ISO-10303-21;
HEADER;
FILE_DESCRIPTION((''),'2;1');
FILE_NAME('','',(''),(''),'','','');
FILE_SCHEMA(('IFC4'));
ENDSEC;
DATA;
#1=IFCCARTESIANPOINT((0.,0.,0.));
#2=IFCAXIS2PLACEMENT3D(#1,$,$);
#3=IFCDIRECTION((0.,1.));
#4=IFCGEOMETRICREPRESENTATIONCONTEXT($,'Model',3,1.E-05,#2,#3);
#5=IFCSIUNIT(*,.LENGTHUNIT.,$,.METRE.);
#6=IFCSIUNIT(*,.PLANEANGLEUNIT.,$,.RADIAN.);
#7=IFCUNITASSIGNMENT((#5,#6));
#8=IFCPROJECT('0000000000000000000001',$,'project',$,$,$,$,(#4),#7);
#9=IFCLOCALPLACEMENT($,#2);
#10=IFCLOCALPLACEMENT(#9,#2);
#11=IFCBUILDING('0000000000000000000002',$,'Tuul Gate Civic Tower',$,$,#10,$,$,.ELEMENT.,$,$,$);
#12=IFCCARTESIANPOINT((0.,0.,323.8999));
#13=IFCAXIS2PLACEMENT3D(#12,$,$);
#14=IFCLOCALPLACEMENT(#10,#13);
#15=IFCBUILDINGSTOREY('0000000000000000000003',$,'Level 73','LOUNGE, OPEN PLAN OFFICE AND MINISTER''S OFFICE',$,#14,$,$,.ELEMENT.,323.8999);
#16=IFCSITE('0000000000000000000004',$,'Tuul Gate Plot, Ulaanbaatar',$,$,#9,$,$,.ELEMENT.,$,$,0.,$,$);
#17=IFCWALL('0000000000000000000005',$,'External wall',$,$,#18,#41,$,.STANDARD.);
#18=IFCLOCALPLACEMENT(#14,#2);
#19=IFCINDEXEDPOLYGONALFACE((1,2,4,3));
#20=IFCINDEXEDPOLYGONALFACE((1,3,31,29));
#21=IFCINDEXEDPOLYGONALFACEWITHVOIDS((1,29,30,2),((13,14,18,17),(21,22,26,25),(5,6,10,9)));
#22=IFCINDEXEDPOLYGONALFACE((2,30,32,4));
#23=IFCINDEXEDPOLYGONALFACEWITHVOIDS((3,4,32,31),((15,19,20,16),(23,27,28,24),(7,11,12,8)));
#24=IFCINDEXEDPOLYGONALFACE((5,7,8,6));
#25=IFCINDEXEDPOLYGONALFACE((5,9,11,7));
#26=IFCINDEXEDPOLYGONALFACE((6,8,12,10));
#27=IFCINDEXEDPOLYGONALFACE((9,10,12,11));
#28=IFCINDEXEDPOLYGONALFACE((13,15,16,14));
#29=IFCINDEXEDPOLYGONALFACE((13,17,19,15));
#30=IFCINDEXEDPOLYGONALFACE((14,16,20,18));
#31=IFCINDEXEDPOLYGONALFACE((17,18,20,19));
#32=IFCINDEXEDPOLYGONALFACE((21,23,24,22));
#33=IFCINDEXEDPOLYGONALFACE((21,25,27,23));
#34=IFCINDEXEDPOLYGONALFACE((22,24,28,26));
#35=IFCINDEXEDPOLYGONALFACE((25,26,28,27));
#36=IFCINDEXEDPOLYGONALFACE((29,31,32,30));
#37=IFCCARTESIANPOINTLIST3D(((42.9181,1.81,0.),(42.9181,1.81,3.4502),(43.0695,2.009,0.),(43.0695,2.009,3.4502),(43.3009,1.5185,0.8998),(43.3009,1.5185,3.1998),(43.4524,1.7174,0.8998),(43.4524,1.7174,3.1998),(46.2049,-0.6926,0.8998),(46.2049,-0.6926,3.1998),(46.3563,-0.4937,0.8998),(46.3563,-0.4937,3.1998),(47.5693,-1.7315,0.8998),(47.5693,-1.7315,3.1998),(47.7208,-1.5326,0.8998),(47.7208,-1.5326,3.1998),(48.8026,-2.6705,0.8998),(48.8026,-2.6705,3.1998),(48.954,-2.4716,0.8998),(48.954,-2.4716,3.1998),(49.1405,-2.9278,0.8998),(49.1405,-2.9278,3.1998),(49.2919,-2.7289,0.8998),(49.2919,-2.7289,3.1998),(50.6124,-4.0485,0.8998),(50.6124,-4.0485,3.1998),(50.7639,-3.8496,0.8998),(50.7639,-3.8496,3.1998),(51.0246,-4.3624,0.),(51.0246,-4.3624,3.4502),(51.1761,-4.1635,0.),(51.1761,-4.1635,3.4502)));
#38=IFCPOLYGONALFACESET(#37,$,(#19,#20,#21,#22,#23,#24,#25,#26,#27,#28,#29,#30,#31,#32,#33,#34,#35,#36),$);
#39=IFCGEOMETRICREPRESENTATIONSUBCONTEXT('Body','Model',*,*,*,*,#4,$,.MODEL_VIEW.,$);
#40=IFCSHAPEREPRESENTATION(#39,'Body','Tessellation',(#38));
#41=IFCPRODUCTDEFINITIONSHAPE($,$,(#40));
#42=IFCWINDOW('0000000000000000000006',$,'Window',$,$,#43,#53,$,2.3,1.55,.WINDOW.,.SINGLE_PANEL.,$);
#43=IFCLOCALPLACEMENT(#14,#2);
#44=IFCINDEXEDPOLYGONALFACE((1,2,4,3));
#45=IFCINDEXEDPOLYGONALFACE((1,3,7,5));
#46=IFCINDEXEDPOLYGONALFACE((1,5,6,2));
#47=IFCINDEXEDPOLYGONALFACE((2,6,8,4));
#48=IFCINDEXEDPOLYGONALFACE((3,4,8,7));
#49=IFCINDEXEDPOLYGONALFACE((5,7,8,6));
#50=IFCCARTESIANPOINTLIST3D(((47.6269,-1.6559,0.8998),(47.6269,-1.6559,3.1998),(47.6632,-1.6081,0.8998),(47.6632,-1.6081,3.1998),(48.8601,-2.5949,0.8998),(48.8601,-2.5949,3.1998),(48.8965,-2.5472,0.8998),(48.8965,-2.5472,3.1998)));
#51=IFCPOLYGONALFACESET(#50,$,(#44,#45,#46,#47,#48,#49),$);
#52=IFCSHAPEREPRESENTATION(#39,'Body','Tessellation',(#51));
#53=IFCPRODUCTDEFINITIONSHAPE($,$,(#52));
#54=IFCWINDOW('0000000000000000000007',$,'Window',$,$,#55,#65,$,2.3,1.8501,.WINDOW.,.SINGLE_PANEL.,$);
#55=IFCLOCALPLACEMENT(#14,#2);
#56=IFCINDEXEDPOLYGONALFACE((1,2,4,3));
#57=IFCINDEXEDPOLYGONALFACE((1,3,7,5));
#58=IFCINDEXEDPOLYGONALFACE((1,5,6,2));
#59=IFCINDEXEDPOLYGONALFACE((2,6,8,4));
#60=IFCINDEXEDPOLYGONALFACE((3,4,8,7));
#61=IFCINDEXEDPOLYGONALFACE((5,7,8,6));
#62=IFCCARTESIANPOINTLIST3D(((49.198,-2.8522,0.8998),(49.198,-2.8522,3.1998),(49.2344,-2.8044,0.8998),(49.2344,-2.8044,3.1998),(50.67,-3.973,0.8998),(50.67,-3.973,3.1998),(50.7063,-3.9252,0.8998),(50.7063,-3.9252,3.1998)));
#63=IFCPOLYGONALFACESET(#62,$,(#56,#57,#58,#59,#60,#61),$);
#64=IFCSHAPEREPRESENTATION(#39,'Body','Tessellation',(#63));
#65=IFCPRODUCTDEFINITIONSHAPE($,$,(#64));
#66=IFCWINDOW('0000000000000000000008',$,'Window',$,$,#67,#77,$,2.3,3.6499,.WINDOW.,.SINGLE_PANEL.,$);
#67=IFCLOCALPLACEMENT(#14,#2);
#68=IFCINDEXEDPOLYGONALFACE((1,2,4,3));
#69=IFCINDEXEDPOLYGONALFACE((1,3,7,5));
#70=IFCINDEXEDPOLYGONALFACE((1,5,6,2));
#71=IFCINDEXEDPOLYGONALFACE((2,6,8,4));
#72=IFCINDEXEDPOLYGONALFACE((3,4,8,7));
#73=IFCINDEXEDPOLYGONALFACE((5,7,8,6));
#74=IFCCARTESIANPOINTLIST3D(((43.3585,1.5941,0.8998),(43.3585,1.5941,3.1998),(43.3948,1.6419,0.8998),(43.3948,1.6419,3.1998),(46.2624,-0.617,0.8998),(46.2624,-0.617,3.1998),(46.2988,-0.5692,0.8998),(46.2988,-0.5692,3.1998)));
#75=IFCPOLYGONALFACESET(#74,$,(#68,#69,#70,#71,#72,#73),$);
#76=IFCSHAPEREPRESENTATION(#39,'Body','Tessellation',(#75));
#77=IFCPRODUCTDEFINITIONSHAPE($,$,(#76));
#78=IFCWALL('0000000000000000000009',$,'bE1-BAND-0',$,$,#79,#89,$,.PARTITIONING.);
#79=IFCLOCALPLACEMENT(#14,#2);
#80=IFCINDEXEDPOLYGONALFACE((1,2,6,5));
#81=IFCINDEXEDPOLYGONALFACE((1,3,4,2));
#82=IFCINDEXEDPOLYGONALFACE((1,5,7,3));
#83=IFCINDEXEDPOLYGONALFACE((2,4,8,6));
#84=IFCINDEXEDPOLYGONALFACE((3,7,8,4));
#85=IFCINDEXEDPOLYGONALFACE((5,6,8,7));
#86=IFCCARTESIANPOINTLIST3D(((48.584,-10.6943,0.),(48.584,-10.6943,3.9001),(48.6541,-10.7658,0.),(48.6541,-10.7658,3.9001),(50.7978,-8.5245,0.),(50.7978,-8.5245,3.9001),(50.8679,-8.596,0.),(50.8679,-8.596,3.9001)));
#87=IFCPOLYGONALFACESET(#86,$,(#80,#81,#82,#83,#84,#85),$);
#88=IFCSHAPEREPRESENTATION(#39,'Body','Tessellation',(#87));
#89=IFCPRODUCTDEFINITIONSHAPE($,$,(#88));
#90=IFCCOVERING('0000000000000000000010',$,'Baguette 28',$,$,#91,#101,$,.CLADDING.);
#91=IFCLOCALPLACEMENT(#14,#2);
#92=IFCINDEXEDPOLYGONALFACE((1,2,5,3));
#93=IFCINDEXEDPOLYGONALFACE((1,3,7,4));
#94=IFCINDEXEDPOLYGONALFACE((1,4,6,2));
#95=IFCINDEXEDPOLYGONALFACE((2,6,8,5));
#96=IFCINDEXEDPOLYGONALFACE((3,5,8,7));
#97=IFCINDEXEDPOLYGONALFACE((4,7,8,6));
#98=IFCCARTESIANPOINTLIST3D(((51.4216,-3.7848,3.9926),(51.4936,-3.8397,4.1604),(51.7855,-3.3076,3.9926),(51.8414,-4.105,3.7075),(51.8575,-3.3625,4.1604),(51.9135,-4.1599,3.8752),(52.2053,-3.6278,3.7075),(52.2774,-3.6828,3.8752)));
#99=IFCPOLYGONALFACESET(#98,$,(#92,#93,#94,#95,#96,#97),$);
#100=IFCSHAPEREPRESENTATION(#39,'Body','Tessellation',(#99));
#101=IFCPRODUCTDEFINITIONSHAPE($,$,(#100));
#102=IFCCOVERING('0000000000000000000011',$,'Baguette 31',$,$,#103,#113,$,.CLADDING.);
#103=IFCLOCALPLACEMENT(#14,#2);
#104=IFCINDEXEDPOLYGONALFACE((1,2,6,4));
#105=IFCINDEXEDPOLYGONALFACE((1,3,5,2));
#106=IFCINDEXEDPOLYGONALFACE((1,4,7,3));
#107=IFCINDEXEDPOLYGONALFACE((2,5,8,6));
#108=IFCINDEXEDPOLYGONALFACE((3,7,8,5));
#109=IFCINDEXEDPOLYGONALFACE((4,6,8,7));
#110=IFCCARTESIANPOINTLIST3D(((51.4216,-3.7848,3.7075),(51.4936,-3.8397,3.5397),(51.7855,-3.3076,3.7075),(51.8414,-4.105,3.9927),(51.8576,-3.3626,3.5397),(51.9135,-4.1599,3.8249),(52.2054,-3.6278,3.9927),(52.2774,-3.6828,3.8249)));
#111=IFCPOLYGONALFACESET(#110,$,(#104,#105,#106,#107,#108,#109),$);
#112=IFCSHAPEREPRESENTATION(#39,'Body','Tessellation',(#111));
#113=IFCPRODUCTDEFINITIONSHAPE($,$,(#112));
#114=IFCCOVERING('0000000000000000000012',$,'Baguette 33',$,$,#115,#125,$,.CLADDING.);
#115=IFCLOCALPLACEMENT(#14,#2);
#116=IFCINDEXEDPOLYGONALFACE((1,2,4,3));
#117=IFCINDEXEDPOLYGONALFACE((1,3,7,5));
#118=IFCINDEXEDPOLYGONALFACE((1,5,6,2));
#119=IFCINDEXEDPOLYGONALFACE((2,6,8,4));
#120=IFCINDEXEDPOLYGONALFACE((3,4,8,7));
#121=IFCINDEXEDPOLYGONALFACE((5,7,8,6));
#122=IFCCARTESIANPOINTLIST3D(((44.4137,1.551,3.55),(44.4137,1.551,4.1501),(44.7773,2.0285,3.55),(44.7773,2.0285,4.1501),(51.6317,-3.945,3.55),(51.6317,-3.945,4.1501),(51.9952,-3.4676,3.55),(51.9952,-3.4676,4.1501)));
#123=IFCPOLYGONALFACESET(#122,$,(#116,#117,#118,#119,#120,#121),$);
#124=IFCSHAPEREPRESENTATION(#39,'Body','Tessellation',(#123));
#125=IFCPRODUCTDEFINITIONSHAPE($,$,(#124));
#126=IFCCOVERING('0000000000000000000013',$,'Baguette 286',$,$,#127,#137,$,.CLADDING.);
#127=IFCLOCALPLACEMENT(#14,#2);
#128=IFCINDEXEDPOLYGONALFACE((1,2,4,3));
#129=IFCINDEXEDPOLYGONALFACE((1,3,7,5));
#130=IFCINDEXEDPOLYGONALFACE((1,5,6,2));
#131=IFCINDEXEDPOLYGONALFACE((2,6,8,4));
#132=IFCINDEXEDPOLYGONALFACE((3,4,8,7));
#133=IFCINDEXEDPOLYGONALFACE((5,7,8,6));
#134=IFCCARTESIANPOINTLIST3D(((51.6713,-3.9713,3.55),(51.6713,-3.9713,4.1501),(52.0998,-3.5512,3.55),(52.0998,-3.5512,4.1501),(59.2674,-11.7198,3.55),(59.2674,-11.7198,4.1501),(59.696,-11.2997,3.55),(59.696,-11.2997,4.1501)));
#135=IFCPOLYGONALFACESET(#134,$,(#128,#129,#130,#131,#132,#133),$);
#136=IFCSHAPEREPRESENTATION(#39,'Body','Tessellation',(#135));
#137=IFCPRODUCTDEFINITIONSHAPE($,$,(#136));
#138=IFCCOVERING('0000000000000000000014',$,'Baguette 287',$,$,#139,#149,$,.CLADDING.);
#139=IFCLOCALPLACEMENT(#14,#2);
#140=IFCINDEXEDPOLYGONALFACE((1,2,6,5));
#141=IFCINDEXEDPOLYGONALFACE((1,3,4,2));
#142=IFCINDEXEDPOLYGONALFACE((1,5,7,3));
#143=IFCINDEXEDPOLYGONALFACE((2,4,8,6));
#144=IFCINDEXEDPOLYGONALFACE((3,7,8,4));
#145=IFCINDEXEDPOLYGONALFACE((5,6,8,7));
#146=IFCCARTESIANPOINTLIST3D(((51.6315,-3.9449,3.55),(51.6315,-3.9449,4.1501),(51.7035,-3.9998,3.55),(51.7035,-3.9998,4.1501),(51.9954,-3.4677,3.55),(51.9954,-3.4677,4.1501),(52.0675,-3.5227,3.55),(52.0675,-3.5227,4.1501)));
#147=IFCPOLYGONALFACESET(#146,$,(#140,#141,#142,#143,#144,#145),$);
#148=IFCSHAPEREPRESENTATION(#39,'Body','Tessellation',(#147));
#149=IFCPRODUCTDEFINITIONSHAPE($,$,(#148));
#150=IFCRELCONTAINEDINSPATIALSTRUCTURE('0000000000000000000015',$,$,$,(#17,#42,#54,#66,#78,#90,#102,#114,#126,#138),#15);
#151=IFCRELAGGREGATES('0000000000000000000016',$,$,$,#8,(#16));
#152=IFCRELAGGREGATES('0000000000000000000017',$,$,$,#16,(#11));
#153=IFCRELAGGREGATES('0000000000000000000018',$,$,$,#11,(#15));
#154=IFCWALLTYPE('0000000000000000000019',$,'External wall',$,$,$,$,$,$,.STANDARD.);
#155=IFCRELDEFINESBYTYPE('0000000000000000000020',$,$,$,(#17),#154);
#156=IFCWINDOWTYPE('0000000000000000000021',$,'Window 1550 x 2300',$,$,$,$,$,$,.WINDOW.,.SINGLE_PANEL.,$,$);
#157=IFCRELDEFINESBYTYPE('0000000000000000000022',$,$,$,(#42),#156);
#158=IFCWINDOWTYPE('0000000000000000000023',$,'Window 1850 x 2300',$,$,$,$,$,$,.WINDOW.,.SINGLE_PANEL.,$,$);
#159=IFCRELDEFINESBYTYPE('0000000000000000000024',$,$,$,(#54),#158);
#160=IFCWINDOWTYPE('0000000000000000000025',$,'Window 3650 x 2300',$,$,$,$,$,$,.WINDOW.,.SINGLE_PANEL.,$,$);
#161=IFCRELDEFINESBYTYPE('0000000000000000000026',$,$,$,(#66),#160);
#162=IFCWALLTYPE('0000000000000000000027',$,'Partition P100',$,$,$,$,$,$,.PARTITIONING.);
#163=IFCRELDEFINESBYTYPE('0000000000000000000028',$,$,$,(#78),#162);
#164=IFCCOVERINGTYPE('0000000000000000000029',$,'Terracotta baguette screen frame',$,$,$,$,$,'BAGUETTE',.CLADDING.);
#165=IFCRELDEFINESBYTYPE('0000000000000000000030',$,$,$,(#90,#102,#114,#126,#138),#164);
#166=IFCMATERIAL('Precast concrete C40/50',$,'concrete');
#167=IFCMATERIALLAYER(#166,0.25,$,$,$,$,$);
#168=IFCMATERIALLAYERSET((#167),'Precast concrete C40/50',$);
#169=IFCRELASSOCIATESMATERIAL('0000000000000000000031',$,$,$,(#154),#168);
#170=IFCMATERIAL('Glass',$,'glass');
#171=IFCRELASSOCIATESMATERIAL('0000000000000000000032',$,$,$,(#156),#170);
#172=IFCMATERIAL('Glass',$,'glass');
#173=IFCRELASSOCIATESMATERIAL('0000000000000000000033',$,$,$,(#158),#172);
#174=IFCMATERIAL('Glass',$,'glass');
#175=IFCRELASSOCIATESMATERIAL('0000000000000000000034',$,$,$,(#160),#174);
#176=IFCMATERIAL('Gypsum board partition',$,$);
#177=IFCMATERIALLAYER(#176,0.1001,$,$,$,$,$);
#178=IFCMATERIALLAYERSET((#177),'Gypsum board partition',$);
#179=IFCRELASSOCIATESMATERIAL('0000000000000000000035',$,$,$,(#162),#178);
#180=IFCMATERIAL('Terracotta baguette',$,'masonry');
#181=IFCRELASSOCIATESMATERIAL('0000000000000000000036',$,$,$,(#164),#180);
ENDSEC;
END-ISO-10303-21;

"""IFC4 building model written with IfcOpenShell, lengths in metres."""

from ifc_helpers import new_model, si_unit, direction, frame, frame_2d, origin, origin_2d, place, context, subcontext, project, spatial, rectangle, extrude, material, layer, layer_set, material_profile, profile_set, type_object, element, fill, save


model = new_model("IFC4")

# Units and contexts
model_context = context("Model", 3, precision=1e-05, world=origin(), true_north=direction((0.0, 1.0)))
body_context = subcontext(model_context, "Body", "Model", "MODEL_VIEW")
ifc_project = project(units=[si_unit("LENGTHUNIT", "METRE"), si_unit("PLANEANGLEUNIT", "RADIAN")], contexts=[model_context])

# Site, building, storey
site_placement = place(None, origin())
site = spatial("IfcSite", under=ifc_project, at=site_placement, Name="Tuul Gate Plot, Ulaanbaatar", CompositionType="ELEMENT", RefElevation=0.0)
building_placement = place(site_placement, origin())
building = spatial("IfcBuilding", under=site, at=building_placement, Name="Tuul Gate Civic Tower", CompositionType="ELEMENT")
storey_placement = place(building_placement, frame((0.0, 0.0, 323.8999)))
storey = spatial("IfcBuildingStorey", under=building, at=storey_placement, Name="Level 73", Description="LOUNGE, OPEN PLAN OFFICE AND MINISTER'S OFFICE", CompositionType="ELEMENT", Elevation=323.8999)

# Wall, openings, windows
ifc_material_1 = material(Name="Precast concrete C40/50", Category="concrete")
ifc_layer_1 = layer(ifc_material_1, 0.25)
ifc_layer_set_1 = layer_set([ifc_layer_1], Name="Precast concrete C40/50")
wall_type_1 = type_object("IfcWallType", Name="External wall", PredefinedType="STANDARD", material=ifc_layer_set_1)
wall_1_placement = place(storey_placement, frame((51.1003, -4.2629, 0.0), z_axis=(0.0, 0.0, 1.0), x_axis=(-0.79562, 0.605796, 0.0)))
wall_1 = element("IfcWall", 1, at=wall_1_placement, inside=storey, type_object=wall_type_1, Name="External wall", PredefinedType="STANDARD", context=body_context, shape_type="SweptSolid", body=[
    extrude(rectangle(XDim=10.189, YDim=0.25, at=frame_2d((5.0945, 0.0))), origin(), (0.0, 0.0, 1.0), 3.4502),
])
opening_1_placement = place(wall_1_placement, frame((6.0579, 0.0, 0.8999)))
opening_1 = element("IfcOpeningElement", 2, at=opening_1_placement, cuts=wall_1, PredefinedType="OPENING", context=body_context, shape_type="SweptSolid", body=[
    extrude(rectangle(XDim=3.6499, YDim=2.3, at=frame_2d((1.825, 1.1499))), frame((0.0, 0.135, 0.0), z_axis=(0.0, -1.0, 0.0), x_axis=(1.0, 0.0, 0.0)), (0.0, 0.0, 1.0), 0.27),
])
opening_2_placement = place(wall_1_placement, frame((0.5181, 0.0, 0.8999)))
opening_2 = element("IfcOpeningElement", 3, at=opening_2_placement, cuts=wall_1, PredefinedType="OPENING", context=body_context, shape_type="SweptSolid", body=[
    extrude(rectangle(XDim=1.8501, YDim=2.3, at=frame_2d((0.925, 1.1499))), frame((0.0, 0.135, 0.0), z_axis=(0.0, -1.0, 0.0), x_axis=(1.0, 0.0, 0.0)), (0.0, 0.0, 1.0), 0.27),
])
opening_3_placement = place(wall_1_placement, frame((2.793, 0.0, 0.8999)))
opening_3 = element("IfcOpeningElement", 4, at=opening_3_placement, cuts=wall_1, PredefinedType="OPENING", context=body_context, shape_type="SweptSolid", body=[
    extrude(rectangle(XDim=1.55, YDim=2.3, at=frame_2d((0.7749, 1.1499))), frame((0.0, 0.135, 0.0), z_axis=(0.0, -1.0, 0.0), x_axis=(1.0, 0.0, 0.0)), (0.0, 0.0, 1.0), 0.27),
])
ifc_material_2 = material(Name="Glass", Category="glass")
window_type_1 = type_object("IfcWindowType", Name="Window 1550 x 2300", PartitioningType="SINGLE_PANEL", PredefinedType="WINDOW", material=ifc_material_2)
window_1_placement = place(opening_3_placement, origin())
window_1 = element("IfcWindow", 5, at=window_1_placement, inside=storey, type_object=window_type_1, Name="Window", OverallHeight=2.3, OverallWidth=1.55, PartitioningType="SINGLE_PANEL", PredefinedType="WINDOW", context=body_context, shape_type="SweptSolid", body=[
    extrude(rectangle(XDim=1.55, YDim=2.3, at=frame_2d((0.7749, 1.1499))), frame((0.0, 0.03, 0.0), z_axis=(0.0, -1.0, 0.0), x_axis=(1.0, 0.0, 0.0)), (0.0, 0.0, 1.0), 0.0601),
])
fill(opening_3, window_1)
ifc_material_3 = material(Name="Glass", Category="glass")
window_type_2 = type_object("IfcWindowType", Name="Window 1850 x 2300", PartitioningType="SINGLE_PANEL", PredefinedType="WINDOW", material=ifc_material_3)
window_2_placement = place(opening_2_placement, origin())
window_2 = element("IfcWindow", 6, at=window_2_placement, inside=storey, type_object=window_type_2, Name="Window", OverallHeight=2.3, OverallWidth=1.8501, PartitioningType="SINGLE_PANEL", PredefinedType="WINDOW", context=body_context, shape_type="SweptSolid", body=[
    extrude(rectangle(XDim=1.8501, YDim=2.3, at=frame_2d((0.925, 1.1499))), frame((0.0, 0.03, 0.0), z_axis=(0.0, -1.0, 0.0), x_axis=(1.0, 0.0, 0.0)), (0.0, 0.0, 1.0), 0.0601),
])
fill(opening_2, window_2)
ifc_material_4 = material(Name="Glass", Category="glass")
window_type_3 = type_object("IfcWindowType", Name="Window 3650 x 2300", PartitioningType="SINGLE_PANEL", PredefinedType="WINDOW", material=ifc_material_4)
window_3_placement = place(opening_1_placement, origin())
window_3 = element("IfcWindow", 7, at=window_3_placement, inside=storey, type_object=window_type_3, Name="Window", OverallHeight=2.3, OverallWidth=3.6499, PartitioningType="SINGLE_PANEL", PredefinedType="WINDOW", context=body_context, shape_type="SweptSolid", body=[
    extrude(rectangle(XDim=3.6499, YDim=2.3, at=frame_2d((1.825, 1.1499))), frame((0.0, 0.03, 0.0), z_axis=(0.0, -1.0, 0.0), x_axis=(1.0, 0.0, 0.0)), (0.0, 0.0, 1.0), 0.0601),
])
fill(opening_1, window_3)

# Wall
ifc_material_5 = material(Name="Gypsum board partition")
ifc_layer_2 = layer(ifc_material_5, 0.1001)
ifc_layer_set_2 = layer_set([ifc_layer_2], Name="Gypsum board partition")
wall_type_2 = type_object("IfcWallType", Name="Partition P100", PredefinedType="PARTITIONING", material=ifc_layer_set_2)
wall_2_placement = place(storey_placement, frame((48.6191, -10.73, 0.0), z_axis=(0.0, 0.0, 1.0), x_axis=(0.714159, 0.699983, 0.0)))
element("IfcWall", 8, at=wall_2_placement, inside=storey, type_object=wall_type_2, Name="bE1-BAND-0", PredefinedType="PARTITIONING", context=body_context, shape_type="SweptSolid", body=[
    extrude(rectangle(XDim=3.0999, YDim=0.1001, at=frame_2d((1.5498, 0.0))), origin(), (0.0, 0.0, 1.0), 3.9001),
])

# Coverings
ifc_material_6 = material(Name="Terracotta baguette", Category="masonry")
ifc_material_profile_1 = material_profile(ifc_material_6, rectangle(XDim=0.6001, YDim=0.6001, at=origin_2d()), Name="Terracotta baguette screen frame")
ifc_profile_set_1 = profile_set([ifc_material_profile_1], Name="Terracotta baguette")
covering_type = type_object("IfcCoveringType", Name="Terracotta baguette screen frame", ElementType="BAGUETTE", PredefinedType="CLADDING", material=ifc_profile_set_1)
for number, where, z_axis, x_axis, name in (
    (9, (51.8855, -3.7612, 4.0178), (-0.377827, 0.288173, -0.879888), (-0.606449, -0.795122, 0.0), "Baguette 28"),
    (10, (51.8135, -3.7063, 3.8501), (0.377827, -0.288173, -0.879888), (0.606449, 0.795122, 0.0), "Baguette 31"),
):
    element("IfcCovering", number, at=place(storey_placement, frame(where, z_axis=z_axis, x_axis=x_axis)), inside=storey, type_object=covering_type, Name=name, PredefinedType="CLADDING", context=body_context, shape_type="SweptSolid", body=[
        extrude(rectangle(XDim=0.6001, YDim=0.6001, at=origin_2d()), origin(), (0.0, 0.0, 1.0), 0.1907),
    ])
covering_1_placement = place(storey_placement, frame((51.8135, -3.7063, 3.8501), z_axis=(-0.79561, 0.60581, 0.0), x_axis=(-0.60581, -0.79561, 0.0)))
element("IfcCovering", 11, at=covering_1_placement, inside=storey, type_object=covering_type, Name="Baguette 33", PredefinedType="CLADDING", context=body_context, shape_type="SweptSolid", body=[
    extrude(rectangle(XDim=0.6001, YDim=0.6001, at=origin_2d()), origin(), (0.0, 0.0, 1.0), 9.0723),
])
covering_2_placement = place(storey_placement, frame((59.4817, -11.5098, 3.8501), z_axis=(-0.700052, 0.714092, 0.0), x_axis=(-0.714092, -0.700052, 0.0)))
element("IfcCovering", 12, at=covering_2_placement, inside=storey, type_object=covering_type, Name="Baguette 286", PredefinedType="CLADDING", context=body_context, shape_type="SweptSolid", body=[
    extrude(rectangle(XDim=0.6001, YDim=0.6001, at=origin_2d()), origin(), (0.0, 0.0, 1.0), 10.8508),
])
covering_3_placement = place(storey_placement, frame((51.8855, -3.7612, 3.8501), z_axis=(-0.795122, 0.606449, 0.0), x_axis=(-0.606449, -0.795122, 0.0)))
element("IfcCovering", 13, at=covering_3_placement, inside=storey, type_object=covering_type, Name="Baguette 287", PredefinedType="CLADDING", context=body_context, shape_type="SweptSolid", body=[
    extrude(rectangle(XDim=0.6001, YDim=0.6001, at=origin_2d()), origin(), (0.0, 0.0, 1.0), 0.0906),
])

save(model, "model.ifc")
